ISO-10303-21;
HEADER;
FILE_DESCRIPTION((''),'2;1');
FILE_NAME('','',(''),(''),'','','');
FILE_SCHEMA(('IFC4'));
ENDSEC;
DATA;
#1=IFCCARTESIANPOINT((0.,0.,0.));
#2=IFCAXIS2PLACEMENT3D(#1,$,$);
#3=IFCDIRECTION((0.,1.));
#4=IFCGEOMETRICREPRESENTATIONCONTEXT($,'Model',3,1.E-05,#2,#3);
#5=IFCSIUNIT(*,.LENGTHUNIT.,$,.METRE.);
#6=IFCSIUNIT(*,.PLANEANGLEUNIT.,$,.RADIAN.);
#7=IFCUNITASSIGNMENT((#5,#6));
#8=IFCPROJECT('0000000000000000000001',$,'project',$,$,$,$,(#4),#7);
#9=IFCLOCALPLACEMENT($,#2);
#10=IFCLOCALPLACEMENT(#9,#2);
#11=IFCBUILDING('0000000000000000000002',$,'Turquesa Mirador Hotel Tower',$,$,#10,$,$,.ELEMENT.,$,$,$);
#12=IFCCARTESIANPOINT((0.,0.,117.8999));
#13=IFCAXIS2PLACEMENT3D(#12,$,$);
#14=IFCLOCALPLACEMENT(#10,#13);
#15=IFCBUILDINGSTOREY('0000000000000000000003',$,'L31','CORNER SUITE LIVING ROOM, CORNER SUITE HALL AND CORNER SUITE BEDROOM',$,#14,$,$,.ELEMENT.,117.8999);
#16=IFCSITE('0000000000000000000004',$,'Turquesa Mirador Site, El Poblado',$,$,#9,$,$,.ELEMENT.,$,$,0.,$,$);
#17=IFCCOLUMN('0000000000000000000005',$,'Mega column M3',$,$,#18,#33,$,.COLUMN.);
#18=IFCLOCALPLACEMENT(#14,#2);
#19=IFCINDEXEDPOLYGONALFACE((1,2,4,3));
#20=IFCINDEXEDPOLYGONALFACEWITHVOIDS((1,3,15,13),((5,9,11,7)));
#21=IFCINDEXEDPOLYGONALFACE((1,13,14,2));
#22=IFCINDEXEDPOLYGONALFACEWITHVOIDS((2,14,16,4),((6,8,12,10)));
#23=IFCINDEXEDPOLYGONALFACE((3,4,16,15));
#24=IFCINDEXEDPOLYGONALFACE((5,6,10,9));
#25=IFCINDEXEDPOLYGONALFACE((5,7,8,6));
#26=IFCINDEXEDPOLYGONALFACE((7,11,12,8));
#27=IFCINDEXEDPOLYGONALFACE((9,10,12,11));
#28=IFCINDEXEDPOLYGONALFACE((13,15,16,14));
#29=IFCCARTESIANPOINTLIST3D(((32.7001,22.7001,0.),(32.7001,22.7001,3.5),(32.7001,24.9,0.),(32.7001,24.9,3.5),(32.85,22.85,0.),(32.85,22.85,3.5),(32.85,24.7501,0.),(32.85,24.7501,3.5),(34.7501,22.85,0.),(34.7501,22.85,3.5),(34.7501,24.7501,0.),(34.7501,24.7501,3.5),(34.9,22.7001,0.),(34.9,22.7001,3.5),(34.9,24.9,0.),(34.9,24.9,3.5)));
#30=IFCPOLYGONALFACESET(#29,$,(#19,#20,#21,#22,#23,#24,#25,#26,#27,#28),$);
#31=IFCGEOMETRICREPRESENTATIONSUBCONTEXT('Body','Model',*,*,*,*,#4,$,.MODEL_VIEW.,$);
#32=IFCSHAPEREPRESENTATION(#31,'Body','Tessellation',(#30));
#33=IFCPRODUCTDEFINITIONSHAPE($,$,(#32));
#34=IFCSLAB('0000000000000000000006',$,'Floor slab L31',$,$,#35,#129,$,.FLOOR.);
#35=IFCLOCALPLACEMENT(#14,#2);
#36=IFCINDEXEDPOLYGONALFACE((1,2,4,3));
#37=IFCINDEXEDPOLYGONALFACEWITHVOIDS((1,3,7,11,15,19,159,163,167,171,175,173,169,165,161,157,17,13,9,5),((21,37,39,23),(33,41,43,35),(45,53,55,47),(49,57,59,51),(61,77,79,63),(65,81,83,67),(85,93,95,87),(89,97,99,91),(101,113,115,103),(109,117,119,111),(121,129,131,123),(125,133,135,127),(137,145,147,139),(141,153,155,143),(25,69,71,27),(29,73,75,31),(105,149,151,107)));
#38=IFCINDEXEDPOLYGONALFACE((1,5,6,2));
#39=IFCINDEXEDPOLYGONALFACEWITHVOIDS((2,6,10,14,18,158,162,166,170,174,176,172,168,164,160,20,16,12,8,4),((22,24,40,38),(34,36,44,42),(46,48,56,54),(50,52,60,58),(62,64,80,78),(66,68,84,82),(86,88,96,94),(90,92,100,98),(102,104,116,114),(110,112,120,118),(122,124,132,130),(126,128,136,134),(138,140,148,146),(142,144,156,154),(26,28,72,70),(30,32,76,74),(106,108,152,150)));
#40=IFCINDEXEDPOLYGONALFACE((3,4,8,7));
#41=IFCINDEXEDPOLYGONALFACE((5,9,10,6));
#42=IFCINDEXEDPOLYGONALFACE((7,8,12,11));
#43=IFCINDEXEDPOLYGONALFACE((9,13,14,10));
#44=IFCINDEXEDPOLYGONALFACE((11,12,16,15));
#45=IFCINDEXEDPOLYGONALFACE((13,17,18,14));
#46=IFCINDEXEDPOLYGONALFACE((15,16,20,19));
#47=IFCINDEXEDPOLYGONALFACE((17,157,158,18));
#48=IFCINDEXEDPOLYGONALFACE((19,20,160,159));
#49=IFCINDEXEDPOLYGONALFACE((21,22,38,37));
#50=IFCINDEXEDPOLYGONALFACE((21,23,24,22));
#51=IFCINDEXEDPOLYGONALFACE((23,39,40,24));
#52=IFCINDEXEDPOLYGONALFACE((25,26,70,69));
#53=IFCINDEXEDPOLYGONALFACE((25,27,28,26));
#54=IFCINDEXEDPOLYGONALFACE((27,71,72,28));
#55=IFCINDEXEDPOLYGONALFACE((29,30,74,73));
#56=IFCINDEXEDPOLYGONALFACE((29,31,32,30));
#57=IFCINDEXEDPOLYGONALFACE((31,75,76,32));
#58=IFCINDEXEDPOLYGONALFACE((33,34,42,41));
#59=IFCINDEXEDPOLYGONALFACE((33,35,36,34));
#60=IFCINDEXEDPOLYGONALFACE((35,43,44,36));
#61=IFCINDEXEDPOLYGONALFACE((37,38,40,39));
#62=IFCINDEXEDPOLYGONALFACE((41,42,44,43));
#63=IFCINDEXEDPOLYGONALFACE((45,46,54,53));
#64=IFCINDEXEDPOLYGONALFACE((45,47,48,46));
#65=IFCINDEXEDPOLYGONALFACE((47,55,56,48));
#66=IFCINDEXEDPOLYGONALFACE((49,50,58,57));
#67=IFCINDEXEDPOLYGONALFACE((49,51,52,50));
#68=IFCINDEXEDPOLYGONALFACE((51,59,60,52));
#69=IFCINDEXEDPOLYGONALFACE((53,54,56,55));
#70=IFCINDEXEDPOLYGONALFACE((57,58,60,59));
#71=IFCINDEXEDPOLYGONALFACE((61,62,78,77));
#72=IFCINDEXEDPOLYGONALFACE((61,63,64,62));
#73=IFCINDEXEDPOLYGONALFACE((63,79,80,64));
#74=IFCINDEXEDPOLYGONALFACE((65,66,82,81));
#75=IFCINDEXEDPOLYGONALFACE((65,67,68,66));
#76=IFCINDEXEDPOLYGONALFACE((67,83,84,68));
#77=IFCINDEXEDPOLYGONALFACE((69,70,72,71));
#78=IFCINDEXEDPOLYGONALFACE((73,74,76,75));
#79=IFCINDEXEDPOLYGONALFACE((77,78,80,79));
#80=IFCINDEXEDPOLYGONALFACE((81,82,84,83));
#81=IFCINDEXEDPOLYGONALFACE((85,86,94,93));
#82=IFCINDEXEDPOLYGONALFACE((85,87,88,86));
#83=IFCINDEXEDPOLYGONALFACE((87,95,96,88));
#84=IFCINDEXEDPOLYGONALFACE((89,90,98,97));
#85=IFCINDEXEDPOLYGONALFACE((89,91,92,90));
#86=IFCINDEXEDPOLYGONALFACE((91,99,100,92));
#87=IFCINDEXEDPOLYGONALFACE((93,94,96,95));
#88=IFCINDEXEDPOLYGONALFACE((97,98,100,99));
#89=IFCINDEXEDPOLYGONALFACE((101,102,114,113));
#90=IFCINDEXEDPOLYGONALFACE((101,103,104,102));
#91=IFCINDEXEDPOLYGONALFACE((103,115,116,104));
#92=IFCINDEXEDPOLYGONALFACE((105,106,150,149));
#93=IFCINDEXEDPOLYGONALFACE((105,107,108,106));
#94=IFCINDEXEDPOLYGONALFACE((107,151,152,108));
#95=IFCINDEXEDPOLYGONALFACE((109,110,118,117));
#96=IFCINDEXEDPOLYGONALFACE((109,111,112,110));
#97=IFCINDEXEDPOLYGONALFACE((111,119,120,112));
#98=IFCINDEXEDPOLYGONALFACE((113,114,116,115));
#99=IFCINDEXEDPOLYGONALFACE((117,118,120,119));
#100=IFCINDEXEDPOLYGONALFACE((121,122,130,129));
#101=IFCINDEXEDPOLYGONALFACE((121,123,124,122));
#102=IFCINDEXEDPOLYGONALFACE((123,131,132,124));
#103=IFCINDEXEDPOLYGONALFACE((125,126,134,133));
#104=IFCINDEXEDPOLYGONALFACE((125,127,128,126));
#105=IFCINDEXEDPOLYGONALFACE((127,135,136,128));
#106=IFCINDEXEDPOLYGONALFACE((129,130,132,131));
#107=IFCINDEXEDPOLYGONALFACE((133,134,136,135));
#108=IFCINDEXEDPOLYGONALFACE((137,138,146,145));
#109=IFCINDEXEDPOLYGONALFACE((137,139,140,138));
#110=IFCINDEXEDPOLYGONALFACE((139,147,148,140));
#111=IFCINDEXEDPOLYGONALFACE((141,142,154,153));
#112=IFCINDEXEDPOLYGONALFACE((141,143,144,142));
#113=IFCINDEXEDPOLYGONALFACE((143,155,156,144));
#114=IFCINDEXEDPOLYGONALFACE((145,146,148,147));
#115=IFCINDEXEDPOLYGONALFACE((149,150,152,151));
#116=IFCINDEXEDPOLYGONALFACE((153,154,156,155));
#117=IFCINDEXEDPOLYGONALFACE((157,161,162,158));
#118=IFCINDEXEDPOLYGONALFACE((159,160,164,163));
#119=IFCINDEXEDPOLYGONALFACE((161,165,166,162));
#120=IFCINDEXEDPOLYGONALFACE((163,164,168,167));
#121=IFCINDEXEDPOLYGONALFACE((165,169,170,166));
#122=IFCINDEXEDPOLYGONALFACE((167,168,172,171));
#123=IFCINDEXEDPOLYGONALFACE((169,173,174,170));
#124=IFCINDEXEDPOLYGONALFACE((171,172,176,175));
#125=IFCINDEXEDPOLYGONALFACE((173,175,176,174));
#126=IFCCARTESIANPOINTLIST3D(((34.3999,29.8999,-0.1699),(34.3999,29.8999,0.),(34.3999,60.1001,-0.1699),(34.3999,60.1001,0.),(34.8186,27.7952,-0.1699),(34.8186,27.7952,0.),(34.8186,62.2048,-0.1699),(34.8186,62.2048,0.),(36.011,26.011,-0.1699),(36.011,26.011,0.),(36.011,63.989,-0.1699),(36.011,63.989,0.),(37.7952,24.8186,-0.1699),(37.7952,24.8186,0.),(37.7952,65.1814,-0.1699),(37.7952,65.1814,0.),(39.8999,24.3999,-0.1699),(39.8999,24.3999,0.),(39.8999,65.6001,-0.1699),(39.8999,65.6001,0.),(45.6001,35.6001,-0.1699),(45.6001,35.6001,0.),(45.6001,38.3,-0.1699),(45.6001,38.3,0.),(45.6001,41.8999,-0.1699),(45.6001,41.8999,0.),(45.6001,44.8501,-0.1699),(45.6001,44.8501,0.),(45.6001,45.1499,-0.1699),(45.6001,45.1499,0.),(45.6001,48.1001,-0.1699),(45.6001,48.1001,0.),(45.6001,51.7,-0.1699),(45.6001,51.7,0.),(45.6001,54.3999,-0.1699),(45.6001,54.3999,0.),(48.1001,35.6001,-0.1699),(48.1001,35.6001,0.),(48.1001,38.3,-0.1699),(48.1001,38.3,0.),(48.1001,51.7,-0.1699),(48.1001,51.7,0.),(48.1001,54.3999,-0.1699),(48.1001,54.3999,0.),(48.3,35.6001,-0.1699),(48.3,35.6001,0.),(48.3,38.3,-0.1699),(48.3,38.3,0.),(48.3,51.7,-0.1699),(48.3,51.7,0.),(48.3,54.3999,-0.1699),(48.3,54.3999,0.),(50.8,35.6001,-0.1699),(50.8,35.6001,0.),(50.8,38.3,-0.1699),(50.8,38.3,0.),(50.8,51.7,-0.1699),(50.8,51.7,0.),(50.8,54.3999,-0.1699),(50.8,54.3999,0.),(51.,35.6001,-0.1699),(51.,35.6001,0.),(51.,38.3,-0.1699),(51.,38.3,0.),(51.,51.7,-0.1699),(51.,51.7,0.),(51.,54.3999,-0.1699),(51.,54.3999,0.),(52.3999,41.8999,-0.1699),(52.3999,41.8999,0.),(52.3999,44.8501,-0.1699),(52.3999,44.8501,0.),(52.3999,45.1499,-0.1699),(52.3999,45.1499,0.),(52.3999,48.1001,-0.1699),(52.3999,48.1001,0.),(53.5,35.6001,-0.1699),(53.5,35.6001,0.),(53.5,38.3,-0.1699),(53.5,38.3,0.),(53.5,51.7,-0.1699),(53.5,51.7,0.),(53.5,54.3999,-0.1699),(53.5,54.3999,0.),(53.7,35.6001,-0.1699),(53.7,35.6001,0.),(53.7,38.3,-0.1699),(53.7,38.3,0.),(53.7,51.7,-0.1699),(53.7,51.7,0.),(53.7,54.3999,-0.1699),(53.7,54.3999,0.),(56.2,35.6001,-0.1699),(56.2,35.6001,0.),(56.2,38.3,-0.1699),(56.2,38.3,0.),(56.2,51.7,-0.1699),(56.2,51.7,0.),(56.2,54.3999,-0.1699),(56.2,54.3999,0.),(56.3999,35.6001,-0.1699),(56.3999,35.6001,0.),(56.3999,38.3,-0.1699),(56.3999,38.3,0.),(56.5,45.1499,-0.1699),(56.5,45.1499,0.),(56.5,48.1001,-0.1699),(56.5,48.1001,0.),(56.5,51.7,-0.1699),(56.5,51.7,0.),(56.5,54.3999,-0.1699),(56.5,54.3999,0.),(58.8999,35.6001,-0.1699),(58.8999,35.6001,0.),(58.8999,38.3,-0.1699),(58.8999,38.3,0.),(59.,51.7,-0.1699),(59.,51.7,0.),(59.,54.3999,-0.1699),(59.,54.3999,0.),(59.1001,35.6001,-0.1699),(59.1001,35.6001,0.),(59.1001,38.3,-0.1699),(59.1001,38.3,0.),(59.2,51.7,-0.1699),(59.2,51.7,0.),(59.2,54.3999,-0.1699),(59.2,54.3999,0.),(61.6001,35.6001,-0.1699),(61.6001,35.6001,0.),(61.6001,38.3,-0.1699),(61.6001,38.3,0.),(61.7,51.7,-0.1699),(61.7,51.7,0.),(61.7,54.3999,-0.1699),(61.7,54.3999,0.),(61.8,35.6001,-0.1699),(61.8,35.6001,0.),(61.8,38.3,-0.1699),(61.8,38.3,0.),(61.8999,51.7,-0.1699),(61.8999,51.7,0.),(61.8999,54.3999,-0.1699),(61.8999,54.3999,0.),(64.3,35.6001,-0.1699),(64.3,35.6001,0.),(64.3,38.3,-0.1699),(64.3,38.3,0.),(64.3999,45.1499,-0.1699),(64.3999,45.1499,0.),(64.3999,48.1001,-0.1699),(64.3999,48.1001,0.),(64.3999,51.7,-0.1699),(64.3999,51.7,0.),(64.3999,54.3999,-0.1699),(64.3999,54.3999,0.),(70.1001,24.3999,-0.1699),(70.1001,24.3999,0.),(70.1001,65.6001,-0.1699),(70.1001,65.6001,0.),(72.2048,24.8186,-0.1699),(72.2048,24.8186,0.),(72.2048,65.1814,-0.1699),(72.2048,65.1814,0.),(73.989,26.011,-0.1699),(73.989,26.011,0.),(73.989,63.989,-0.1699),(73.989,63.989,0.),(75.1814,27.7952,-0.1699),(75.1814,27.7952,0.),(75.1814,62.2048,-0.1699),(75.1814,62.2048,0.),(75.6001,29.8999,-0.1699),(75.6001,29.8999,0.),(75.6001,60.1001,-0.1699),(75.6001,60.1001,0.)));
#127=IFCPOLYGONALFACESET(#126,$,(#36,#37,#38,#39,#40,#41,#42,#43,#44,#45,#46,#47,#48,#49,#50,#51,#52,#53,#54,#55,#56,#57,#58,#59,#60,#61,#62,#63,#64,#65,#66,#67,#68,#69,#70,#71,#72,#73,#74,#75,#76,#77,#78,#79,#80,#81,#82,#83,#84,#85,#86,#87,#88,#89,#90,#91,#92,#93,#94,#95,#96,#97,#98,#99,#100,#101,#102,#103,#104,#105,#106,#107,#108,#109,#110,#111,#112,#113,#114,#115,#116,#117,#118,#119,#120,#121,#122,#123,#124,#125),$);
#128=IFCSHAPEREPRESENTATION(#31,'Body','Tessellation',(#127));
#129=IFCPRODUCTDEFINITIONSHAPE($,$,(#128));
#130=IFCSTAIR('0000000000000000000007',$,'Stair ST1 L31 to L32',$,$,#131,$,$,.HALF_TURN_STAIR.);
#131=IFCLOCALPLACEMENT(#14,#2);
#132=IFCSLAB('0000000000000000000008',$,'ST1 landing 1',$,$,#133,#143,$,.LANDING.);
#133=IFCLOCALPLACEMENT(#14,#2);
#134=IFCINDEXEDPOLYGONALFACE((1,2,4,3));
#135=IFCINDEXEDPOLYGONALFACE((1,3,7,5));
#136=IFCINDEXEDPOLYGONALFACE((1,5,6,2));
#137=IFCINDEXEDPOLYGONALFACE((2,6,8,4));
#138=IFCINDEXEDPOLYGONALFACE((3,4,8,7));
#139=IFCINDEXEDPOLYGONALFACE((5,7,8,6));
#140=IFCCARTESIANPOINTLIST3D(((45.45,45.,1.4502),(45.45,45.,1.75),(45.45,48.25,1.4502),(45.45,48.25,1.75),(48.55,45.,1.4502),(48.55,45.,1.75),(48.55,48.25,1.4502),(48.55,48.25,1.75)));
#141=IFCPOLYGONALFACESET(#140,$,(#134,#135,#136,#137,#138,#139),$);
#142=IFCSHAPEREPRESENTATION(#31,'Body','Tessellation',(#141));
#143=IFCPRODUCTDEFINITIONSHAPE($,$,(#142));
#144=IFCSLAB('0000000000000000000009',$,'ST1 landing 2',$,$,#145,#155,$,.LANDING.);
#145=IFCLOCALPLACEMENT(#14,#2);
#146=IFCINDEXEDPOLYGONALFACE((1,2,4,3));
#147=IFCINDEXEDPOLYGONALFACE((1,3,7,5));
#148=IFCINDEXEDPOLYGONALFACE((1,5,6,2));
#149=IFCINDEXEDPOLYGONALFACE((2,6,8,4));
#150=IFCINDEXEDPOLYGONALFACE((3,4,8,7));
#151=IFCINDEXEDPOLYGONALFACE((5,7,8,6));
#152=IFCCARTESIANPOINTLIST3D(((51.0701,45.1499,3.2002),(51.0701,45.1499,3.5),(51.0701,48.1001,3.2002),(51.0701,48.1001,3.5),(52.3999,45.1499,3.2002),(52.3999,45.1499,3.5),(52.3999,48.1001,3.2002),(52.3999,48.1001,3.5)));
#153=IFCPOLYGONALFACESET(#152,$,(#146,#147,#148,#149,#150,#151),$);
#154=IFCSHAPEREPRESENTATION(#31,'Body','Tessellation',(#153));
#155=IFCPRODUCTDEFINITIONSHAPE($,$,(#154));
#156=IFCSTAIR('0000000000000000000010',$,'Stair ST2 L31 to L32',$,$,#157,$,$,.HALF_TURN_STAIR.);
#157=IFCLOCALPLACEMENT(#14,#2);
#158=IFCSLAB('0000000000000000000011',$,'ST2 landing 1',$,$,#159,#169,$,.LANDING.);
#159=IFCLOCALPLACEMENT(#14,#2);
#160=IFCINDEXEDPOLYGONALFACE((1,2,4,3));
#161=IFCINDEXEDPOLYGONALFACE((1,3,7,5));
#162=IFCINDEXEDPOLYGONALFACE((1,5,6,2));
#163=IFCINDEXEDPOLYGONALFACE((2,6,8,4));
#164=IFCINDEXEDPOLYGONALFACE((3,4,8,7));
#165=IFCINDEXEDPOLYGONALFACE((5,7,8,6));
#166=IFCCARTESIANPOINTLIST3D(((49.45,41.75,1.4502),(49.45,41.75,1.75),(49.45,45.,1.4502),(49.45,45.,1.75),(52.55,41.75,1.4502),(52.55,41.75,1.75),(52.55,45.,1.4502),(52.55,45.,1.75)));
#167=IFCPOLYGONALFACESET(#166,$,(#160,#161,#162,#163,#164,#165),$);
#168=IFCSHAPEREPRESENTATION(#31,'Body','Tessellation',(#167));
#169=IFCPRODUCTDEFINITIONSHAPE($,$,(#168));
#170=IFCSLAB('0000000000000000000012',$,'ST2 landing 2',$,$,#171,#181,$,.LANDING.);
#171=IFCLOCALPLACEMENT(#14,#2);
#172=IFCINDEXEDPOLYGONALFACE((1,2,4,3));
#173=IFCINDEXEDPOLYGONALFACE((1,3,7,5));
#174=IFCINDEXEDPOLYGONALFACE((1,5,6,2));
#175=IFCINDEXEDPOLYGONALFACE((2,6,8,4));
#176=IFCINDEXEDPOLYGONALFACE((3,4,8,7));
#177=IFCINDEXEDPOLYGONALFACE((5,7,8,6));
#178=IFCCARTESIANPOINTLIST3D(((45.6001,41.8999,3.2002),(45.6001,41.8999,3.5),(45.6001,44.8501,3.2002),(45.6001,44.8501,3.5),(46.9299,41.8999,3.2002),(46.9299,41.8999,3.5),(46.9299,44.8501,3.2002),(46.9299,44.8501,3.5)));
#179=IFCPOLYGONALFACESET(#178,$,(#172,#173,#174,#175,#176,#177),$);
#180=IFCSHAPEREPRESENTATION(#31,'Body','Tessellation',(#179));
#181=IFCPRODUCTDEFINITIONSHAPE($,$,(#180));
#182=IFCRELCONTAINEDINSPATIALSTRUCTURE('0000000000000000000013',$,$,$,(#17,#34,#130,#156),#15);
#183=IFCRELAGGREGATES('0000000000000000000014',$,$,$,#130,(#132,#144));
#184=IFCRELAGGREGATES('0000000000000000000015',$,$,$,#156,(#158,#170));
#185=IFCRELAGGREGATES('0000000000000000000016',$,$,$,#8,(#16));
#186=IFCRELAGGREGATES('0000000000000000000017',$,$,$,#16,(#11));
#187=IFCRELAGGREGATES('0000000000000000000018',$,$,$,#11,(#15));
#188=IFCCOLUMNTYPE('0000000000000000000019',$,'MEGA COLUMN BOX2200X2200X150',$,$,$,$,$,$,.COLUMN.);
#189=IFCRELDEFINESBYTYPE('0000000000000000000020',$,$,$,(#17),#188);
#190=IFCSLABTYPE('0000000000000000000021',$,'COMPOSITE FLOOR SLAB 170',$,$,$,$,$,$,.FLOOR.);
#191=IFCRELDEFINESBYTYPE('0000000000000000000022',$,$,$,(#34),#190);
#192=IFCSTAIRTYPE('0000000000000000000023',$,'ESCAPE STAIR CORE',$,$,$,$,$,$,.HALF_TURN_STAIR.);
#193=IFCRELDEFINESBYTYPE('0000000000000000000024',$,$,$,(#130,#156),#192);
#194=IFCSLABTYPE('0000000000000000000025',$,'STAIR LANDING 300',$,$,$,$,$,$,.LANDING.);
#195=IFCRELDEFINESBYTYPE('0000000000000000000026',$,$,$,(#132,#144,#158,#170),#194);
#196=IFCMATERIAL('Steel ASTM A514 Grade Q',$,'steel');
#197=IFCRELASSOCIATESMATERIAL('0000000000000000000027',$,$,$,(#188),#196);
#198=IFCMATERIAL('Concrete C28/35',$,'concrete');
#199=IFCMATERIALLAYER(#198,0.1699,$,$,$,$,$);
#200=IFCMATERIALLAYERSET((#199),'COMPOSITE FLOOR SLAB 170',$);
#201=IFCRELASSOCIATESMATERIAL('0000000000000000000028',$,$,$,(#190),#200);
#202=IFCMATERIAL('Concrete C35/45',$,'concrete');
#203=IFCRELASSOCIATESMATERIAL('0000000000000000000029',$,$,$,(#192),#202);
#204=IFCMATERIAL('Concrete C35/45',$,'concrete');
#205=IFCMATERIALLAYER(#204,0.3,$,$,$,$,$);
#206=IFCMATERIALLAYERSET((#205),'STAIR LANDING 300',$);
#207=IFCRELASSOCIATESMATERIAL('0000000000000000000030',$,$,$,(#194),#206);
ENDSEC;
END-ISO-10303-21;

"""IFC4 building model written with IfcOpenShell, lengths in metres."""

from ifc_helpers import new_model, si_unit, direction, frame, origin, origin_2d, place, context, subcontext, project, spatial, polyline, hollow_rectangle, outline, extrude, material, layer, layer_set, material_profile, profile_set, type_object, element, aggregate, save


model = new_model("IFC4")

# Units and contexts
model_context = context("Model", 3, precision=1e-05, world=origin(), true_north=direction((0.0, 1.0)))
body_context = subcontext(model_context, "Body", "Model", "MODEL_VIEW")
ifc_project = project(units=[si_unit("LENGTHUNIT", "METRE"), si_unit("PLANEANGLEUNIT", "RADIAN")], contexts=[model_context])

# Site, building, storey
site_placement = place(None, origin())
site = spatial("IfcSite", under=ifc_project, at=site_placement, Name="Turquesa Mirador Site, El Poblado", CompositionType="ELEMENT", RefElevation=0.0)
building_placement = place(site_placement, origin())
building = spatial("IfcBuilding", under=site, at=building_placement, Name="Turquesa Mirador Hotel Tower", CompositionType="ELEMENT")
storey_placement = place(building_placement, frame((0.0, 0.0, 117.8999)))
storey = spatial("IfcBuildingStorey", under=building, at=storey_placement, Name="L31", Description="CORNER SUITE LIVING ROOM, CORNER SUITE HALL AND CORNER SUITE BEDROOM", CompositionType="ELEMENT", Elevation=117.8999)

# Column
ifc_material_1 = material(Name="Steel ASTM A514 Grade Q", Category="steel")
ifc_material_profile = material_profile(ifc_material_1, hollow_rectangle(XDim=2.2, YDim=2.2, WallThickness=0.1499, at=origin_2d()), Name="BOX2200X2200X150")
ifc_profile_set = profile_set([ifc_material_profile], Name="Steel ASTM A514 Grade Q")
column_type = type_object("IfcColumnType", Name="MEGA COLUMN BOX2200X2200X150", PredefinedType="COLUMN", material=ifc_profile_set)
column_placement = place(storey_placement, frame((33.8, 23.8, 0.0), z_axis=(0.0, 0.0, 1.0), x_axis=(1.0, 0.0, 0.0)))
element("IfcColumn", 1, at=column_placement, inside=storey, type_object=column_type, Name="Mega column M3", PredefinedType="COLUMN", context=body_context, shape_type="SweptSolid", body=[
    extrude(hollow_rectangle(XDim=2.2, YDim=2.2, WallThickness=0.1499, at=origin_2d()), origin(), (0.0, 0.0, 1.0), 3.5),
])

# Slab
ifc_material_2 = material(Name="Concrete C28/35", Category="concrete")
ifc_layer_1 = layer(ifc_material_2, 0.1699)
ifc_layer_set_1 = layer_set([ifc_layer_1], Name="COMPOSITE FLOOR SLAB 170")
slab_type_1 = type_object("IfcSlabType", Name="COMPOSITE FLOOR SLAB 170", PredefinedType="FLOOR", material=ifc_layer_set_1)
slab_1_placement = place(storey_placement, frame((0.0, 0.0, -0.1699)))
element("IfcSlab", 2, at=slab_1_placement, inside=storey, type_object=slab_type_1, Name="Floor slab L31", PredefinedType="FLOOR", context=body_context, shape_type="SweptSolid", body=[
    extrude(outline(polyline([(70.1001, 24.3999), (72.2048, 24.8186), (73.989, 26.011), (75.1814, 27.7952), (75.6001, 29.8999), (75.6001, 60.1001), (75.1814, 62.2048), (73.989, 63.989), (72.2048, 65.1814), (70.1001, 65.6001), (39.8999, 65.6001), (37.7952, 65.1814), (36.011, 63.989), (34.8186, 62.2048), (34.3999, 60.1001), (34.3999, 29.8999), (34.8186, 27.7952), (36.011, 26.011), (37.7952, 24.8186), (39.8999, 24.3999), (70.1001, 24.3999)]), holes=[polyline([(45.6001, 51.7), (48.1001, 51.7), (48.1001, 54.3999), (45.6001, 54.3999), (45.6001, 51.7)]), polyline([(48.3, 51.7), (50.8, 51.7), (50.8, 54.3999), (48.3, 54.3999), (48.3, 51.7)]), polyline([(51.0, 51.7), (53.5, 51.7), (53.5, 54.3999), (51.0, 54.3999), (51.0, 51.7)]), polyline([(53.7, 51.7), (56.2, 51.7), (56.2, 54.3999), (53.7, 54.3999), (53.7, 51.7)]), polyline([(56.5, 51.7), (59.0, 51.7), (59.0, 54.3999), (56.5, 54.3999), (56.5, 51.7)]), polyline([(59.2, 51.7), (61.7, 51.7), (61.7, 54.3999), (59.2, 54.3999), (59.2, 51.7)]), polyline([(45.6001, 35.6001), (48.1001, 35.6001), (48.1001, 38.3), (45.6001, 38.3), (45.6001, 35.6001)]), polyline([(48.3, 35.6001), (50.8, 35.6001), (50.8, 38.3), (48.3, 38.3), (48.3, 35.6001)]), polyline([(51.0, 35.6001), (53.5, 35.6001), (53.5, 38.3), (51.0, 38.3), (51.0, 35.6001)]), polyline([(53.7, 35.6001), (56.2, 35.6001), (56.2, 38.3), (53.7, 38.3), (53.7, 35.6001)]), polyline([(56.3999, 35.6001), (58.8999, 35.6001), (58.8999, 38.3), (56.3999, 38.3), (56.3999, 35.6001)]), polyline([(59.1001, 35.6001), (61.6001, 35.6001), (61.6001, 38.3), (59.1001, 38.3), (59.1001, 35.6001)]), polyline([(61.8, 35.6001), (64.3, 35.6001), (64.3, 38.3), (61.8, 38.3), (61.8, 35.6001)]), polyline([(45.6001, 45.1499), (52.3999, 45.1499), (52.3999, 48.1001), (45.6001, 48.1001), (45.6001, 45.1499)]), polyline([(45.6001, 41.8999), (52.3999, 41.8999), (52.3999, 44.8501), (45.6001, 44.8501), (45.6001, 41.8999)]), polyline([(56.5, 45.1499), (64.3999, 45.1499), (64.3999, 48.1001), (56.5, 48.1001), (56.5, 45.1499)]), polyline([(61.8999, 51.7), (64.3999, 51.7), (64.3999, 54.3999), (61.8999, 54.3999), (61.8999, 51.7)])]), origin(), (0.0, 0.0, 1.0), 0.1699),
])

# Stairs, slabs
ifc_material_3 = material(Name="Concrete C35/45", Category="concrete")
stair_type = type_object("IfcStairType", Name="ESCAPE STAIR CORE", PredefinedType="HALF_TURN_STAIR", material=ifc_material_3)
stair_1_placement = place(storey_placement, origin())
stair_1 = element("IfcStair", 3, at=stair_1_placement, inside=storey, type_object=stair_type, Name="Stair ST1 L31 to L32", PredefinedType="HALF_TURN_STAIR")
ifc_material_4 = material(Name="Concrete C35/45", Category="concrete")
ifc_layer_2 = layer(ifc_material_4, 0.3)
ifc_layer_set_2 = layer_set([ifc_layer_2], Name="STAIR LANDING 300")
slab_type_2 = type_object("IfcSlabType", Name="STAIR LANDING 300", PredefinedType="LANDING", material=ifc_layer_set_2)
slab_2_placement = place(storey_placement, frame((0.0, 0.0, 1.4502)))
slab_2 = element("IfcSlab", 4, at=slab_2_placement, type_object=slab_type_2, Name="ST1 landing 1", PredefinedType="LANDING", context=body_context, shape_type="SweptSolid", body=[
    extrude(outline(polyline([(45.45, 45.0), (48.55, 45.0), (48.55, 48.25), (45.45, 48.25), (45.45, 45.0)])), origin(), (0.0, 0.0, 1.0), 0.2998),
])
slab_3_placement = place(storey_placement, frame((0.0, 0.0, 3.2002)))
slab_3 = element("IfcSlab", 5, at=slab_3_placement, type_object=slab_type_2, Name="ST1 landing 2", PredefinedType="LANDING", context=body_context, shape_type="SweptSolid", body=[
    extrude(outline(polyline([(51.0701, 45.1499), (52.3999, 45.1499), (52.3999, 48.1001), (51.0701, 48.1001), (51.0701, 45.1499)])), origin(), (0.0, 0.0, 1.0), 0.2998),
])
aggregate(stair_1, [slab_2, slab_3])
stair_2_placement = place(storey_placement, origin())
stair_2 = element("IfcStair", 6, at=stair_2_placement, inside=storey, type_object=stair_type, Name="Stair ST2 L31 to L32", PredefinedType="HALF_TURN_STAIR")
slab_4_placement = place(storey_placement, frame((0.0, 0.0, 1.4502)))
slab_4 = element("IfcSlab", 7, at=slab_4_placement, type_object=slab_type_2, Name="ST2 landing 1", PredefinedType="LANDING", context=body_context, shape_type="SweptSolid", body=[
    extrude(outline(polyline([(52.55, 45.0), (49.45, 45.0), (49.45, 41.75), (52.55, 41.75), (52.55, 45.0)])), origin(), (0.0, 0.0, 1.0), 0.2998),
])
slab_5_placement = place(storey_placement, frame((0.0, 0.0, 3.2002)))
slab_5 = element("IfcSlab", 8, at=slab_5_placement, type_object=slab_type_2, Name="ST2 landing 2", PredefinedType="LANDING", context=body_context, shape_type="SweptSolid", body=[
    extrude(outline(polyline([(46.9299, 44.8501), (45.6001, 44.8501), (45.6001, 41.8999), (46.9299, 41.8999), (46.9299, 44.8501)])), origin(), (0.0, 0.0, 1.0), 0.2998),
])
aggregate(stair_2, [slab_4, slab_5])

save(model, "model.ifc")
